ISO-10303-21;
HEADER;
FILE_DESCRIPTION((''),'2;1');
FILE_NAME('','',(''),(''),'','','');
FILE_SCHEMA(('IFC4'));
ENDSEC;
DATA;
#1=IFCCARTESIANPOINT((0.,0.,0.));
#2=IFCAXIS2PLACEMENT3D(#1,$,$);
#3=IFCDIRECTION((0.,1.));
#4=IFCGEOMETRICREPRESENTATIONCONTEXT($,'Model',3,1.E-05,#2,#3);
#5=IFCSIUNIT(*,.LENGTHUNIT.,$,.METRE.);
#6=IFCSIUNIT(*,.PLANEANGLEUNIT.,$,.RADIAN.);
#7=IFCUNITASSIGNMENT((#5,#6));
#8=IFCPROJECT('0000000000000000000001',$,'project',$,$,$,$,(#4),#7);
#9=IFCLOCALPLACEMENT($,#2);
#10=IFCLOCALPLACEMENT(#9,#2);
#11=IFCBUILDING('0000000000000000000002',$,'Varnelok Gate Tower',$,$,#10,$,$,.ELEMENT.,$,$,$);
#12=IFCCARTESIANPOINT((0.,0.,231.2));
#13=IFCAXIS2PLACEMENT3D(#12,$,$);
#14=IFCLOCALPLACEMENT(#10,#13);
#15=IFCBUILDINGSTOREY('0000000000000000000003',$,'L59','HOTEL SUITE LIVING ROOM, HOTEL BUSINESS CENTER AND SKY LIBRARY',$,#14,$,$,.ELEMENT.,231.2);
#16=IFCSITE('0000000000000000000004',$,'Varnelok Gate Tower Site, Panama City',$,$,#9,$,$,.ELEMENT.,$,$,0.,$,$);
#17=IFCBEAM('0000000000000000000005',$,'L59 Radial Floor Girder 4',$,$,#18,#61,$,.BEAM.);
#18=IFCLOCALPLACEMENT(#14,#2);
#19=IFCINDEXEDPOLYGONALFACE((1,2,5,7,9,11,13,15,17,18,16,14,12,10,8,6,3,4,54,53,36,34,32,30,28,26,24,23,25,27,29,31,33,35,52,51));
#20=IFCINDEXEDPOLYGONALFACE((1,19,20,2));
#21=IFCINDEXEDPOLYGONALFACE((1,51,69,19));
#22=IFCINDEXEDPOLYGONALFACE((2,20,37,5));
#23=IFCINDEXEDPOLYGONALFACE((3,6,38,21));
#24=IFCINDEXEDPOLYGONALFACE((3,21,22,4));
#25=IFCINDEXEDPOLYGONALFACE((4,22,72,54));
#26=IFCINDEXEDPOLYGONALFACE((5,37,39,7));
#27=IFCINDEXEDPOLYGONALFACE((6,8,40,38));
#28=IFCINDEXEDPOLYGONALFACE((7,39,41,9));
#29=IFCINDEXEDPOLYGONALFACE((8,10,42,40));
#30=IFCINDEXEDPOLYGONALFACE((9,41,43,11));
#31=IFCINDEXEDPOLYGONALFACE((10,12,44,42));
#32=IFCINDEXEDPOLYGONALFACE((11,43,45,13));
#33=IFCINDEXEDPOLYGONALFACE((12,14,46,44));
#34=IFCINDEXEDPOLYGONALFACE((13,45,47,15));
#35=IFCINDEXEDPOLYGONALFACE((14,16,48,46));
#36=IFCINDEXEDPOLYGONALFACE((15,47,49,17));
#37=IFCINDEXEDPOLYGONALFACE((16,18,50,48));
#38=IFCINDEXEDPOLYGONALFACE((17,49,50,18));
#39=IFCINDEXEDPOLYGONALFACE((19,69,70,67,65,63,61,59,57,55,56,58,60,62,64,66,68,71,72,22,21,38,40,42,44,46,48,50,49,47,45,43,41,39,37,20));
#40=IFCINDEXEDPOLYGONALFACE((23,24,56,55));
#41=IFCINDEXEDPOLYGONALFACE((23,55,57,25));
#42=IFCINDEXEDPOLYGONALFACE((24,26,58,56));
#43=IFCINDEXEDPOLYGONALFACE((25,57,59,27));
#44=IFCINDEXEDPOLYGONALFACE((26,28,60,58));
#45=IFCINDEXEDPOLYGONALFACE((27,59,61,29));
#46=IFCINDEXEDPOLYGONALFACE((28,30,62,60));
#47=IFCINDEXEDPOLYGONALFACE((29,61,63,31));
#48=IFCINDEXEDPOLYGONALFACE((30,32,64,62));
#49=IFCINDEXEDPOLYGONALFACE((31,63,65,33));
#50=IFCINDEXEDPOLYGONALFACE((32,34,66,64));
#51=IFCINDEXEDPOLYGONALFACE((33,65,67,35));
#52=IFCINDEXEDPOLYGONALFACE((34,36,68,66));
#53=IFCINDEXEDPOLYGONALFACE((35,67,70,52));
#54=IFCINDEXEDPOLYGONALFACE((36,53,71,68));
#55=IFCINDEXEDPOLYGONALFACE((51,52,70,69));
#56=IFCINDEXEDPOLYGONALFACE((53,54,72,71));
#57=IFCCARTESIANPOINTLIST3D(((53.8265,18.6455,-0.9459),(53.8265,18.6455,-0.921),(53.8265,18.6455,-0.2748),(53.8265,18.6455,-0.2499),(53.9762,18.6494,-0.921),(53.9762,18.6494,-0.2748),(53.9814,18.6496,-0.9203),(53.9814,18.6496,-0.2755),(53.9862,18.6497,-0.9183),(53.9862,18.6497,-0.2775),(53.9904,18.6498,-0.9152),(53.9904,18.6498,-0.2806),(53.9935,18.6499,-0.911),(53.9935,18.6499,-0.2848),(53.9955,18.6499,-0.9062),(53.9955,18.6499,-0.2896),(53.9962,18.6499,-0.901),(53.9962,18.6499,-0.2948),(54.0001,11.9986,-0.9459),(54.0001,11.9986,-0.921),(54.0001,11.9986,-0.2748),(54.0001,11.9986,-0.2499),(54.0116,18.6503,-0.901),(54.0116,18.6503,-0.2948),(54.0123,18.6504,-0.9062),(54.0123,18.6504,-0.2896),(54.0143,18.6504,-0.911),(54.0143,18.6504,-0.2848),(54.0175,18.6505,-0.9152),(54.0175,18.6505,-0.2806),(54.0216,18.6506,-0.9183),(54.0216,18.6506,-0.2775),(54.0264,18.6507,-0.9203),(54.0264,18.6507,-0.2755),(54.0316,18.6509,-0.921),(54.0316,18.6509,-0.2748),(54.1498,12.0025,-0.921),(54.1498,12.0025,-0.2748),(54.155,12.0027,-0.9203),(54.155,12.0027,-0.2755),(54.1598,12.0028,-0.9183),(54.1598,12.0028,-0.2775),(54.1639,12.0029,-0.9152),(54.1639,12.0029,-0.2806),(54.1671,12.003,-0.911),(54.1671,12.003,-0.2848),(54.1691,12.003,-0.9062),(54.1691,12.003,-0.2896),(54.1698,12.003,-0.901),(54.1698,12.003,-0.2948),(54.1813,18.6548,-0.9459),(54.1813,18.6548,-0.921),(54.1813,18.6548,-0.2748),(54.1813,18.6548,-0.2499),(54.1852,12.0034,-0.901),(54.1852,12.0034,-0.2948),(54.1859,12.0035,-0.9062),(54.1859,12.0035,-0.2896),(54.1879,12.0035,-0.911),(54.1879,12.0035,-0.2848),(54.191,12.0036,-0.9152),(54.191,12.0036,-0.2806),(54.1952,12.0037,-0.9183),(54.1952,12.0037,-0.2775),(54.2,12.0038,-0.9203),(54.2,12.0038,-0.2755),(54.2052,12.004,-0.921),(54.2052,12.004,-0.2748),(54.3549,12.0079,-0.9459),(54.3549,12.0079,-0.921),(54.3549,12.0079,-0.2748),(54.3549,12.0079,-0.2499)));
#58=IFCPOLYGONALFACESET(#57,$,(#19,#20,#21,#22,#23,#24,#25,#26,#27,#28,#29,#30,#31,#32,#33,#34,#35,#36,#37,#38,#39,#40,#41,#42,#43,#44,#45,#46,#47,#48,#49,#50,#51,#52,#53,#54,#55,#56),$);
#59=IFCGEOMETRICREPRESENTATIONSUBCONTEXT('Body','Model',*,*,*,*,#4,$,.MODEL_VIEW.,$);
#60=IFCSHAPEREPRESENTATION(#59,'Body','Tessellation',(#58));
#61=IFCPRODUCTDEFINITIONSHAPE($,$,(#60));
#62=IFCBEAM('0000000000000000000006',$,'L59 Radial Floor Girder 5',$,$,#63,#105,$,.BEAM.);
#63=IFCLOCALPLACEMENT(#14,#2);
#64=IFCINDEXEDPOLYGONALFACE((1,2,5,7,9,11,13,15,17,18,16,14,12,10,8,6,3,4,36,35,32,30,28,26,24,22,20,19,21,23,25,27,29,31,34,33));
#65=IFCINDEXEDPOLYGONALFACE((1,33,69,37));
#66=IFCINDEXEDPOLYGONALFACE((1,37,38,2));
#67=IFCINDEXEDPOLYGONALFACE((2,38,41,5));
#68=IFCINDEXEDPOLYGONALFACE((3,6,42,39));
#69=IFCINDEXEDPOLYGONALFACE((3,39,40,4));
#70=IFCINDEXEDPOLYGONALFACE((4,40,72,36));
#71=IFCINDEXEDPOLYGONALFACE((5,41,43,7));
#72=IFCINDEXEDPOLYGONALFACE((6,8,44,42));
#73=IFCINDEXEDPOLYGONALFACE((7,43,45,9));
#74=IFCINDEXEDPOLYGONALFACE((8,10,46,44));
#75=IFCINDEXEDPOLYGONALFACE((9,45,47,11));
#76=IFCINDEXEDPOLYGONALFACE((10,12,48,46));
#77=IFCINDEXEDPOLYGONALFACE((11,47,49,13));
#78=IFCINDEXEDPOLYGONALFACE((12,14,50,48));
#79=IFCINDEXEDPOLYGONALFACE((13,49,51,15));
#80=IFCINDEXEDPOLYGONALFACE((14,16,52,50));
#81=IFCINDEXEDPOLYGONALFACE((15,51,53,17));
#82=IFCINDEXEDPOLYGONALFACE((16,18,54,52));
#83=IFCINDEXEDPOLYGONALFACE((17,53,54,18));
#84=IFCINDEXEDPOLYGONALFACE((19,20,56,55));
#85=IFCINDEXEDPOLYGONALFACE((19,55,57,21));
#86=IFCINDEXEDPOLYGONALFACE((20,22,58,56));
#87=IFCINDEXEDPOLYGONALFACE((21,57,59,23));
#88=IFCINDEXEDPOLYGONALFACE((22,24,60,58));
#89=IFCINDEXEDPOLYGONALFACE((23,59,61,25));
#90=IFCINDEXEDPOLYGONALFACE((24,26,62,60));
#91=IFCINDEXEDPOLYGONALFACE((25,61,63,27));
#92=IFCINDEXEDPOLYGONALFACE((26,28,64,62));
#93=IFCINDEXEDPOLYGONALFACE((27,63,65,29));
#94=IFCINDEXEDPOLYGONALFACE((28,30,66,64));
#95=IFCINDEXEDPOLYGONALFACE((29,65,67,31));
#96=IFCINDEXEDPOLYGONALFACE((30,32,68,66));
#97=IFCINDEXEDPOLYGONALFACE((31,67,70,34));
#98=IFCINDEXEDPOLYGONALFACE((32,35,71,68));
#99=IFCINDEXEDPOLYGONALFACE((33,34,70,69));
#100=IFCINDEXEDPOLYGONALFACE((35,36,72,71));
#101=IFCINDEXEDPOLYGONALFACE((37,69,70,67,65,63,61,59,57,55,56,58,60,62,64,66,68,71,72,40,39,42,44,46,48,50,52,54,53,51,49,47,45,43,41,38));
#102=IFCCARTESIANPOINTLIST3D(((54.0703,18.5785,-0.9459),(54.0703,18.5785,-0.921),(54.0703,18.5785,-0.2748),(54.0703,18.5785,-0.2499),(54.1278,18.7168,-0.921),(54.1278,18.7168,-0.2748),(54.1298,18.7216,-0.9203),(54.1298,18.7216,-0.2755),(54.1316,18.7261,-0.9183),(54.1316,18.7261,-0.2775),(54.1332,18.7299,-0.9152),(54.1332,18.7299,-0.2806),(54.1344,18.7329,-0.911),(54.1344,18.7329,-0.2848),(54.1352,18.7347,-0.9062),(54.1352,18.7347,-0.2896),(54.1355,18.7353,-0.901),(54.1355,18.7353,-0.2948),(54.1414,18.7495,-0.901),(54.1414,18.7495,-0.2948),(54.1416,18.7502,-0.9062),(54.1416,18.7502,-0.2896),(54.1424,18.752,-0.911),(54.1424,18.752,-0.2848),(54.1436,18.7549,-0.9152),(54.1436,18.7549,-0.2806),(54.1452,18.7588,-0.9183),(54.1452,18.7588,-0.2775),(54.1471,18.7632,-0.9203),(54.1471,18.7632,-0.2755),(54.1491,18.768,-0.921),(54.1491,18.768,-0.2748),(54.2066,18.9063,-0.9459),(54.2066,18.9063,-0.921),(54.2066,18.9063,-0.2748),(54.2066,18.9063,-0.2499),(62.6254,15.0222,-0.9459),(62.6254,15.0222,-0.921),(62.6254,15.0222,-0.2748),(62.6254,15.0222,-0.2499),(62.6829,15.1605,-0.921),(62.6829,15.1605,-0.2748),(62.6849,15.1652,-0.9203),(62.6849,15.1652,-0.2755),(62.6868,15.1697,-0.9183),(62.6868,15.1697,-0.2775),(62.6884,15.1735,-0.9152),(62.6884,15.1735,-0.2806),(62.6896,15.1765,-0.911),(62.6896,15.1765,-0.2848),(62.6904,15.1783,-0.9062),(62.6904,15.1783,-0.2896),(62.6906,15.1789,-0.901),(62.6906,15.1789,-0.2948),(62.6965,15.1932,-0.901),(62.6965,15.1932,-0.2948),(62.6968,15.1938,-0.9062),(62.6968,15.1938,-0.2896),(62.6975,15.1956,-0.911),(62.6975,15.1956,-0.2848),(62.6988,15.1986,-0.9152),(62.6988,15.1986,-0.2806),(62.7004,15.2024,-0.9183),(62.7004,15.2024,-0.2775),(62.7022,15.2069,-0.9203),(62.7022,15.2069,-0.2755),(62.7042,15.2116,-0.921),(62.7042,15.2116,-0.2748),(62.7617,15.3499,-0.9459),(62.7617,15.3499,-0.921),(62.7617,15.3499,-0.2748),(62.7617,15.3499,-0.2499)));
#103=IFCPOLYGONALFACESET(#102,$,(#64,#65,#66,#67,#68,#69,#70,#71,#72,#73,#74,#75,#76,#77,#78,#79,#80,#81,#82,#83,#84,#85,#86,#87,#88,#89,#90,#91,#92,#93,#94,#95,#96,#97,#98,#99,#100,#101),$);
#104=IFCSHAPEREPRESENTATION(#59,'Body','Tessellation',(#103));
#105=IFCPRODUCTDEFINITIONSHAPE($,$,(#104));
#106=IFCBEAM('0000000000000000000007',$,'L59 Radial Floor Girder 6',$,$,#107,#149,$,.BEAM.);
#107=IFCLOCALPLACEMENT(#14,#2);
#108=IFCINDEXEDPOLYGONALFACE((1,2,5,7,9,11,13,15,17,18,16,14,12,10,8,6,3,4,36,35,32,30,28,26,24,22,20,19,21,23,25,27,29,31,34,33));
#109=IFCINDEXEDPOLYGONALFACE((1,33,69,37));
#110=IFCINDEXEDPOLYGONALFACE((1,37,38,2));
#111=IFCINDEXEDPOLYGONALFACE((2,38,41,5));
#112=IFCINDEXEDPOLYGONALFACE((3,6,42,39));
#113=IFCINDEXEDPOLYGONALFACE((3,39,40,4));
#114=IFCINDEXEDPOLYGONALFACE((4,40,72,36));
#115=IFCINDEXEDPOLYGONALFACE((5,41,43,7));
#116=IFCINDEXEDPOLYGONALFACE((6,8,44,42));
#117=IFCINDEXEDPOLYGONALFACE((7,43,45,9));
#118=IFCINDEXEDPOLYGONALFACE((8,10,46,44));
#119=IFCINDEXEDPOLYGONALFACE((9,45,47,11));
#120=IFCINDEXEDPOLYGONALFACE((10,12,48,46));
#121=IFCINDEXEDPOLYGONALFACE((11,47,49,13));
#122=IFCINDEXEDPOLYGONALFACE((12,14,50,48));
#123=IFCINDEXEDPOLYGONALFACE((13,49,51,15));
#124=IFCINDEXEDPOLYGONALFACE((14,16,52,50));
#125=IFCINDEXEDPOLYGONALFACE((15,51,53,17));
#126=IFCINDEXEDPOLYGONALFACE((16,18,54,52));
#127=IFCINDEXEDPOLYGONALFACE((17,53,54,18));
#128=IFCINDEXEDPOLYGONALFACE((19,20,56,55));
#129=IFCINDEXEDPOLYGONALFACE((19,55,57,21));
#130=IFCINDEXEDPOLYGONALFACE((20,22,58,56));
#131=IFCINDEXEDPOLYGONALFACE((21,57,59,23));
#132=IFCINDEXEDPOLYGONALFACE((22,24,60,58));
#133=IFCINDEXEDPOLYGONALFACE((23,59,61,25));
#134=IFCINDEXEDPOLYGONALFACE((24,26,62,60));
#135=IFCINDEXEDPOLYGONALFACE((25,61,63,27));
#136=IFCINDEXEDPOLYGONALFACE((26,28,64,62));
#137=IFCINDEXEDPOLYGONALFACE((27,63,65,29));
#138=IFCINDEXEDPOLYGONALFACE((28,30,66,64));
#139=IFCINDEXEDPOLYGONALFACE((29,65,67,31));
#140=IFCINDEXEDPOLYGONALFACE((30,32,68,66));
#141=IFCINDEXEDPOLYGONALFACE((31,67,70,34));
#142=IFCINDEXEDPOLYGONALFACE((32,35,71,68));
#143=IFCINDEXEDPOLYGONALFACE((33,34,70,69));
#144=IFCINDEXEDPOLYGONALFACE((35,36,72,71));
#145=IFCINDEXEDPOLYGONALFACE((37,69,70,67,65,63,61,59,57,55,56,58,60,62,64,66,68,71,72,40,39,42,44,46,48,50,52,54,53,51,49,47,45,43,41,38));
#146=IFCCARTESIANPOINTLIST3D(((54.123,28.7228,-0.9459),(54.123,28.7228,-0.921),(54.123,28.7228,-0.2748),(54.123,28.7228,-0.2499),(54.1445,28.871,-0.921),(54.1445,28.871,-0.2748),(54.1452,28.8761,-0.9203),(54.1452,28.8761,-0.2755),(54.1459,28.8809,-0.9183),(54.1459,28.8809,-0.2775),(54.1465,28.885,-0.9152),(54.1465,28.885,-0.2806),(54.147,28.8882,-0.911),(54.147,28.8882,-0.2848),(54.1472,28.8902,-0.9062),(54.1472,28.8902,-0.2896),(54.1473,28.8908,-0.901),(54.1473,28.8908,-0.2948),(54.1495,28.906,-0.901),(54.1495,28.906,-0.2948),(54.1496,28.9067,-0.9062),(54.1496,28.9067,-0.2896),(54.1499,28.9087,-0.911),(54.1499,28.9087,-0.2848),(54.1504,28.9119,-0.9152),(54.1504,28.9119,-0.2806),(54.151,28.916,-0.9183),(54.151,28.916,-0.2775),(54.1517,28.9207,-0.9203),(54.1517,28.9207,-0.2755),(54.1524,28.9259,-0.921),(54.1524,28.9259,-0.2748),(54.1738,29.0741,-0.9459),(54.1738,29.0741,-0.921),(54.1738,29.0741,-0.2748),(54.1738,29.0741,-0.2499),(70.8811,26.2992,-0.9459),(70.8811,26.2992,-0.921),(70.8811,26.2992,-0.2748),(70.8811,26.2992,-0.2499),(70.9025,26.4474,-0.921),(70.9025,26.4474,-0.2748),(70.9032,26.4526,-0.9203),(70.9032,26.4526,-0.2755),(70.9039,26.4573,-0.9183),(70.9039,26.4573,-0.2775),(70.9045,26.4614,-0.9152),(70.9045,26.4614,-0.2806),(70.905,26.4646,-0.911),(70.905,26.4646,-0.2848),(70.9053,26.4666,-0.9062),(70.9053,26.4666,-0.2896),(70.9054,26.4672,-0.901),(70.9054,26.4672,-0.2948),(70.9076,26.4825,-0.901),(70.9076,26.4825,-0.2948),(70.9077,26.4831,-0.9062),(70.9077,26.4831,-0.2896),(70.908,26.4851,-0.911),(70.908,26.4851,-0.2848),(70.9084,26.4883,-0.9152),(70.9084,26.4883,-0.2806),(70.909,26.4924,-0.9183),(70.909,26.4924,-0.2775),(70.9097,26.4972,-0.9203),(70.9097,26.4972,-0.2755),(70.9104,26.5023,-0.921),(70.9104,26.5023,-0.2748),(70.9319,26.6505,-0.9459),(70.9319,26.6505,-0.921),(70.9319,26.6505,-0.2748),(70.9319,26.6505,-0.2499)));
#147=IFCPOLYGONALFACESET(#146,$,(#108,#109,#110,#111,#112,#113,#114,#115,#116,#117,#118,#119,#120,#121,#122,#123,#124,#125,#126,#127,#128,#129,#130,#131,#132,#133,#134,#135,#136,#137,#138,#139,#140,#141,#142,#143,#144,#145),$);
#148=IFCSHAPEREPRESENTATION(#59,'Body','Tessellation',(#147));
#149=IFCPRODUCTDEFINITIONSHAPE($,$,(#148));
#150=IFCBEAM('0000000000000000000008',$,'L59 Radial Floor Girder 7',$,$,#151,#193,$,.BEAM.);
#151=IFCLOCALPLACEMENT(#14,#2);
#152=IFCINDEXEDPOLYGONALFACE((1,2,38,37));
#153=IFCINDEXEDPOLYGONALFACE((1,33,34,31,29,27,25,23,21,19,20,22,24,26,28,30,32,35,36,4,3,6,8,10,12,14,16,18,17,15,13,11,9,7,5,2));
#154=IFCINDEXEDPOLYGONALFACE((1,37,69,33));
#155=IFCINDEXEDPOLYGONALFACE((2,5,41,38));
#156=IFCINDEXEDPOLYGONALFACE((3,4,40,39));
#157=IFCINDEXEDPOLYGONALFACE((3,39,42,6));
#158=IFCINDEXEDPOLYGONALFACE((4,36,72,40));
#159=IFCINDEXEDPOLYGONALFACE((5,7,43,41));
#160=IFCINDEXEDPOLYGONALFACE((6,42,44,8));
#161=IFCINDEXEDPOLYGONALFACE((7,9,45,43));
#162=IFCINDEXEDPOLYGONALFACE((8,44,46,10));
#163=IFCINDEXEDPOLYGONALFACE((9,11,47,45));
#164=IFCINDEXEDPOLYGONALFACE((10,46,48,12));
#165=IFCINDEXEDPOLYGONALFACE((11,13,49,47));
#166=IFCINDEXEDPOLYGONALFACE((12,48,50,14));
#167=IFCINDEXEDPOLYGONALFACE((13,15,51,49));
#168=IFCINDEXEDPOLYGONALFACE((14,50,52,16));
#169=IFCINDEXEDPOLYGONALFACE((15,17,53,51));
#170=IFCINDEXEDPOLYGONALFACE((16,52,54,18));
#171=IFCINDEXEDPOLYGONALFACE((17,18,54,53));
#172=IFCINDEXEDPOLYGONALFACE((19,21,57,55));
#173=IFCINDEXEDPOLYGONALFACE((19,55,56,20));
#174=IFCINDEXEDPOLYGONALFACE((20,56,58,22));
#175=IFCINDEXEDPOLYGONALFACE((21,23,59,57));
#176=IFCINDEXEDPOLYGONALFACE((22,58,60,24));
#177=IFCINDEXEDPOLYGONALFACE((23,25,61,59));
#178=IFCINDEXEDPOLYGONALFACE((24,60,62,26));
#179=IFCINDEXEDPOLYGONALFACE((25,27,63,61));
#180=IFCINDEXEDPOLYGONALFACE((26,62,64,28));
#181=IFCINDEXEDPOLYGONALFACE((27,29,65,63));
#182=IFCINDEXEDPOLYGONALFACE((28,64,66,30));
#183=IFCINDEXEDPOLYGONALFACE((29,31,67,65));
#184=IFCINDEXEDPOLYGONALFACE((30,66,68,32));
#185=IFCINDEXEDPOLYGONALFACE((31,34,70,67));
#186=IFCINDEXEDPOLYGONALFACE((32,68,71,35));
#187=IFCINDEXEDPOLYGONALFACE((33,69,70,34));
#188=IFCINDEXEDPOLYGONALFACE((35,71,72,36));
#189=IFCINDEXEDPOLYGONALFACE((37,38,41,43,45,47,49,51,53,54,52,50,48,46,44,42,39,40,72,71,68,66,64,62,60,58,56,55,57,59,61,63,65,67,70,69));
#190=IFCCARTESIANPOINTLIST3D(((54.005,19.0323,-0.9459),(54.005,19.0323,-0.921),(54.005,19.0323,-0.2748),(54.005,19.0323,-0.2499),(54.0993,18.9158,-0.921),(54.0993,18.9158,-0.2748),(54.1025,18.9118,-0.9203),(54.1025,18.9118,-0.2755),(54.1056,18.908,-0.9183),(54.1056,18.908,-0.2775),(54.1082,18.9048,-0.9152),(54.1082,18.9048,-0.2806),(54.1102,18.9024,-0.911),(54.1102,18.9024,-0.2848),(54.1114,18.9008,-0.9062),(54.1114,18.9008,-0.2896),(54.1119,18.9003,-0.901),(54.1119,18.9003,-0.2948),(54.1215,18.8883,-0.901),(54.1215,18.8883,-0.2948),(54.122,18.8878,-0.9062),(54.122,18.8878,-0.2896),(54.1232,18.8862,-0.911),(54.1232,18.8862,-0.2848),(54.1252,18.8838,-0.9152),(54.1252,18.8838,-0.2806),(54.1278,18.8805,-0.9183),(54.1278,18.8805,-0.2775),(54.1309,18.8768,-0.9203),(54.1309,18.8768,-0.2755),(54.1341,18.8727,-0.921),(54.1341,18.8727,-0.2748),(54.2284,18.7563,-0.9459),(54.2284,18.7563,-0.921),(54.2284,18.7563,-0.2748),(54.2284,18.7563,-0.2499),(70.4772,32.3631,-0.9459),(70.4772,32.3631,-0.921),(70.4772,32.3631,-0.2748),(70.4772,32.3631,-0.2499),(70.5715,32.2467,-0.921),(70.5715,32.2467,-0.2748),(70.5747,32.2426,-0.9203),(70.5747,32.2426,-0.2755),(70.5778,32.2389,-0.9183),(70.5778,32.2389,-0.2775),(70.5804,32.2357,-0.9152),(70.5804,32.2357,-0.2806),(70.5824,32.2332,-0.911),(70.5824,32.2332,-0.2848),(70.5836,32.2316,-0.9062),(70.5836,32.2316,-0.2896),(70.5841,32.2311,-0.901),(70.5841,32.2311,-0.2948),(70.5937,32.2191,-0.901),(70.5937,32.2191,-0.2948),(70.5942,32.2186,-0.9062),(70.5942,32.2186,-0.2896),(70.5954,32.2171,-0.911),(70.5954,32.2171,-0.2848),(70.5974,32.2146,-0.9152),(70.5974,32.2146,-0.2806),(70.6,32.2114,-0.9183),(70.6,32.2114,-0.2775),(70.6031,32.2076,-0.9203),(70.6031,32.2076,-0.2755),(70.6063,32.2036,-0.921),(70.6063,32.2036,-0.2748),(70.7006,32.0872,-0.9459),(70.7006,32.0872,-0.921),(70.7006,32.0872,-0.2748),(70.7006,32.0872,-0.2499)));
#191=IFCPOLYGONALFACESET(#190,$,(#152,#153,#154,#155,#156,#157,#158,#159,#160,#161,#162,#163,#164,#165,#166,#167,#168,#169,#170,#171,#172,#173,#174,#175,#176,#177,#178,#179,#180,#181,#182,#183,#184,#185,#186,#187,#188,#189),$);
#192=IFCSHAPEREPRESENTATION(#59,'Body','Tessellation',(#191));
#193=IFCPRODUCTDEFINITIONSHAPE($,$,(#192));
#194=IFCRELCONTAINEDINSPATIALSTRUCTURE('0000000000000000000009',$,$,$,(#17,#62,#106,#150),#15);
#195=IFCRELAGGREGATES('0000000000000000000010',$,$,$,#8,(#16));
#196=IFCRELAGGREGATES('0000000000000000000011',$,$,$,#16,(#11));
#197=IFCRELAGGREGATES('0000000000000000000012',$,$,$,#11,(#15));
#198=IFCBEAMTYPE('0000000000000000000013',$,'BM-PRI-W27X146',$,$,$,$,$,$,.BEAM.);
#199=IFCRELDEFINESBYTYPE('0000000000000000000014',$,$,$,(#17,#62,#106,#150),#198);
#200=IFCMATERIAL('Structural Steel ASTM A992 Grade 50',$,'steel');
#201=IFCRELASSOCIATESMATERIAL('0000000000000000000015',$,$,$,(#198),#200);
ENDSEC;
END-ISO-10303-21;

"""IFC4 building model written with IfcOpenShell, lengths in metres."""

from ifc_helpers import new_model, si_unit, direction, frame, origin, origin_2d, place, context, subcontext, project, spatial, i_section, extrude, material, material_profile, profile_set, type_object, element, save


model = new_model("IFC4")

# Units and contexts
model_context = context("Model", 3, precision=1e-05, world=origin(), true_north=direction((0.0, 1.0)))
body_context = subcontext(model_context, "Body", "Model", "MODEL_VIEW")
ifc_project = project(units=[si_unit("LENGTHUNIT", "METRE"), si_unit("PLANEANGLEUNIT", "RADIAN")], contexts=[model_context])

# Site, building, storey
site_placement = place(None, origin())
site = spatial("IfcSite", under=ifc_project, at=site_placement, Name="Varnelok Gate Tower Site, Panama City", CompositionType="ELEMENT", RefElevation=0.0)
building_placement = place(site_placement, origin())
building = spatial("IfcBuilding", under=site, at=building_placement, Name="Varnelok Gate Tower", CompositionType="ELEMENT")
storey_placement = place(building_placement, frame((0.0, 0.0, 231.2)))
storey = spatial("IfcBuildingStorey", under=building, at=storey_placement, Name="L59", Description="HOTEL SUITE LIVING ROOM, HOTEL BUSINESS CENTER AND SKY LIBRARY", CompositionType="ELEMENT", Elevation=231.2)

# Shared definitions
ifc_material_1 = material(Name="Structural Steel ASTM A992 Grade 50", Category="steel")

# Beams
ifc_material_profile_1 = material_profile(ifc_material_1, i_section(OverallWidth=0.355, OverallDepth=0.696, WebThickness=0.0154, FlangeThickness=0.0249, FilletRadius=0.02, at=origin_2d()), Name="W27X146")
ifc_profile_set_1 = profile_set([ifc_material_profile_1], Name="Structural Steel ASTM A992 Grade 50")
beam_type = type_object("IfcBeamType", Name="BM-PRI-W27X146", PredefinedType="BEAM", material=ifc_profile_set_1)
beam_1_placement = place(storey_placement, frame((54.0039, 18.6501, -0.5979), z_axis=(0.026106, -0.999659, 0.0), x_axis=(0.999659, 0.026106, 0.0)))
element("IfcBeam", 1, at=beam_1_placement, inside=storey, type_object=beam_type, Name="L59 Radial Floor Girder 4", PredefinedType="BEAM", context=body_context, shape_type="SweptSolid", body=[
    extrude(i_section(OverallWidth=0.355, OverallDepth=0.696, WebThickness=0.0154, FlangeThickness=0.0249, FilletRadius=0.02, at=origin_2d()), origin(), (0.0, 0.0, 1.0), 6.6492),
])
beam_2_placement = place(storey_placement, frame((54.1384, 18.7424, -0.5979), z_axis=(0.923393, -0.383856, 0.0), x_axis=(0.383856, 0.923393, 0.0)))
element("IfcBeam", 2, at=beam_2_placement, inside=storey, type_object=beam_type, Name="L59 Radial Floor Girder 5", PredefinedType="BEAM", context=body_context, shape_type="SweptSolid", body=[
    extrude(i_section(OverallWidth=0.355, OverallDepth=0.696, WebThickness=0.0154, FlangeThickness=0.0249, FilletRadius=0.02, at=origin_2d()), origin(), (0.0, 0.0, 1.0), 9.2649),
])
beam_3_placement = place(storey_placement, frame((54.1484, 28.8984, -0.5979), z_axis=(0.989703, -0.143133, 0.0), x_axis=(0.143133, 0.989703, 0.0)))
element("IfcBeam", 3, at=beam_3_placement, inside=storey, type_object=beam_type, Name="L59 Radial Floor Girder 6", PredefinedType="BEAM", context=body_context, shape_type="SweptSolid", body=[
    extrude(i_section(OverallWidth=0.355, OverallDepth=0.696, WebThickness=0.0154, FlangeThickness=0.0249, FilletRadius=0.02, at=origin_2d()), origin(), (0.0, 0.0, 1.0), 16.9324),
])
beam_4_placement = place(storey_placement, frame((54.1167, 18.8943, -0.5979), z_axis=(0.777333, 0.62909, 0.0), x_axis=(-0.62909, 0.777333, 0.0)))
element("IfcBeam", 4, at=beam_4_placement, inside=storey, type_object=beam_type, Name="L59 Radial Floor Girder 7", PredefinedType="BEAM", context=body_context, shape_type="SweptSolid", body=[
    extrude(i_section(OverallWidth=0.355, OverallDepth=0.696, WebThickness=0.0154, FlangeThickness=0.0249, FilletRadius=0.02, at=origin_2d()), origin(), (0.0, 0.0, 1.0), 21.1907),
])

save(model, "model.ifc")
